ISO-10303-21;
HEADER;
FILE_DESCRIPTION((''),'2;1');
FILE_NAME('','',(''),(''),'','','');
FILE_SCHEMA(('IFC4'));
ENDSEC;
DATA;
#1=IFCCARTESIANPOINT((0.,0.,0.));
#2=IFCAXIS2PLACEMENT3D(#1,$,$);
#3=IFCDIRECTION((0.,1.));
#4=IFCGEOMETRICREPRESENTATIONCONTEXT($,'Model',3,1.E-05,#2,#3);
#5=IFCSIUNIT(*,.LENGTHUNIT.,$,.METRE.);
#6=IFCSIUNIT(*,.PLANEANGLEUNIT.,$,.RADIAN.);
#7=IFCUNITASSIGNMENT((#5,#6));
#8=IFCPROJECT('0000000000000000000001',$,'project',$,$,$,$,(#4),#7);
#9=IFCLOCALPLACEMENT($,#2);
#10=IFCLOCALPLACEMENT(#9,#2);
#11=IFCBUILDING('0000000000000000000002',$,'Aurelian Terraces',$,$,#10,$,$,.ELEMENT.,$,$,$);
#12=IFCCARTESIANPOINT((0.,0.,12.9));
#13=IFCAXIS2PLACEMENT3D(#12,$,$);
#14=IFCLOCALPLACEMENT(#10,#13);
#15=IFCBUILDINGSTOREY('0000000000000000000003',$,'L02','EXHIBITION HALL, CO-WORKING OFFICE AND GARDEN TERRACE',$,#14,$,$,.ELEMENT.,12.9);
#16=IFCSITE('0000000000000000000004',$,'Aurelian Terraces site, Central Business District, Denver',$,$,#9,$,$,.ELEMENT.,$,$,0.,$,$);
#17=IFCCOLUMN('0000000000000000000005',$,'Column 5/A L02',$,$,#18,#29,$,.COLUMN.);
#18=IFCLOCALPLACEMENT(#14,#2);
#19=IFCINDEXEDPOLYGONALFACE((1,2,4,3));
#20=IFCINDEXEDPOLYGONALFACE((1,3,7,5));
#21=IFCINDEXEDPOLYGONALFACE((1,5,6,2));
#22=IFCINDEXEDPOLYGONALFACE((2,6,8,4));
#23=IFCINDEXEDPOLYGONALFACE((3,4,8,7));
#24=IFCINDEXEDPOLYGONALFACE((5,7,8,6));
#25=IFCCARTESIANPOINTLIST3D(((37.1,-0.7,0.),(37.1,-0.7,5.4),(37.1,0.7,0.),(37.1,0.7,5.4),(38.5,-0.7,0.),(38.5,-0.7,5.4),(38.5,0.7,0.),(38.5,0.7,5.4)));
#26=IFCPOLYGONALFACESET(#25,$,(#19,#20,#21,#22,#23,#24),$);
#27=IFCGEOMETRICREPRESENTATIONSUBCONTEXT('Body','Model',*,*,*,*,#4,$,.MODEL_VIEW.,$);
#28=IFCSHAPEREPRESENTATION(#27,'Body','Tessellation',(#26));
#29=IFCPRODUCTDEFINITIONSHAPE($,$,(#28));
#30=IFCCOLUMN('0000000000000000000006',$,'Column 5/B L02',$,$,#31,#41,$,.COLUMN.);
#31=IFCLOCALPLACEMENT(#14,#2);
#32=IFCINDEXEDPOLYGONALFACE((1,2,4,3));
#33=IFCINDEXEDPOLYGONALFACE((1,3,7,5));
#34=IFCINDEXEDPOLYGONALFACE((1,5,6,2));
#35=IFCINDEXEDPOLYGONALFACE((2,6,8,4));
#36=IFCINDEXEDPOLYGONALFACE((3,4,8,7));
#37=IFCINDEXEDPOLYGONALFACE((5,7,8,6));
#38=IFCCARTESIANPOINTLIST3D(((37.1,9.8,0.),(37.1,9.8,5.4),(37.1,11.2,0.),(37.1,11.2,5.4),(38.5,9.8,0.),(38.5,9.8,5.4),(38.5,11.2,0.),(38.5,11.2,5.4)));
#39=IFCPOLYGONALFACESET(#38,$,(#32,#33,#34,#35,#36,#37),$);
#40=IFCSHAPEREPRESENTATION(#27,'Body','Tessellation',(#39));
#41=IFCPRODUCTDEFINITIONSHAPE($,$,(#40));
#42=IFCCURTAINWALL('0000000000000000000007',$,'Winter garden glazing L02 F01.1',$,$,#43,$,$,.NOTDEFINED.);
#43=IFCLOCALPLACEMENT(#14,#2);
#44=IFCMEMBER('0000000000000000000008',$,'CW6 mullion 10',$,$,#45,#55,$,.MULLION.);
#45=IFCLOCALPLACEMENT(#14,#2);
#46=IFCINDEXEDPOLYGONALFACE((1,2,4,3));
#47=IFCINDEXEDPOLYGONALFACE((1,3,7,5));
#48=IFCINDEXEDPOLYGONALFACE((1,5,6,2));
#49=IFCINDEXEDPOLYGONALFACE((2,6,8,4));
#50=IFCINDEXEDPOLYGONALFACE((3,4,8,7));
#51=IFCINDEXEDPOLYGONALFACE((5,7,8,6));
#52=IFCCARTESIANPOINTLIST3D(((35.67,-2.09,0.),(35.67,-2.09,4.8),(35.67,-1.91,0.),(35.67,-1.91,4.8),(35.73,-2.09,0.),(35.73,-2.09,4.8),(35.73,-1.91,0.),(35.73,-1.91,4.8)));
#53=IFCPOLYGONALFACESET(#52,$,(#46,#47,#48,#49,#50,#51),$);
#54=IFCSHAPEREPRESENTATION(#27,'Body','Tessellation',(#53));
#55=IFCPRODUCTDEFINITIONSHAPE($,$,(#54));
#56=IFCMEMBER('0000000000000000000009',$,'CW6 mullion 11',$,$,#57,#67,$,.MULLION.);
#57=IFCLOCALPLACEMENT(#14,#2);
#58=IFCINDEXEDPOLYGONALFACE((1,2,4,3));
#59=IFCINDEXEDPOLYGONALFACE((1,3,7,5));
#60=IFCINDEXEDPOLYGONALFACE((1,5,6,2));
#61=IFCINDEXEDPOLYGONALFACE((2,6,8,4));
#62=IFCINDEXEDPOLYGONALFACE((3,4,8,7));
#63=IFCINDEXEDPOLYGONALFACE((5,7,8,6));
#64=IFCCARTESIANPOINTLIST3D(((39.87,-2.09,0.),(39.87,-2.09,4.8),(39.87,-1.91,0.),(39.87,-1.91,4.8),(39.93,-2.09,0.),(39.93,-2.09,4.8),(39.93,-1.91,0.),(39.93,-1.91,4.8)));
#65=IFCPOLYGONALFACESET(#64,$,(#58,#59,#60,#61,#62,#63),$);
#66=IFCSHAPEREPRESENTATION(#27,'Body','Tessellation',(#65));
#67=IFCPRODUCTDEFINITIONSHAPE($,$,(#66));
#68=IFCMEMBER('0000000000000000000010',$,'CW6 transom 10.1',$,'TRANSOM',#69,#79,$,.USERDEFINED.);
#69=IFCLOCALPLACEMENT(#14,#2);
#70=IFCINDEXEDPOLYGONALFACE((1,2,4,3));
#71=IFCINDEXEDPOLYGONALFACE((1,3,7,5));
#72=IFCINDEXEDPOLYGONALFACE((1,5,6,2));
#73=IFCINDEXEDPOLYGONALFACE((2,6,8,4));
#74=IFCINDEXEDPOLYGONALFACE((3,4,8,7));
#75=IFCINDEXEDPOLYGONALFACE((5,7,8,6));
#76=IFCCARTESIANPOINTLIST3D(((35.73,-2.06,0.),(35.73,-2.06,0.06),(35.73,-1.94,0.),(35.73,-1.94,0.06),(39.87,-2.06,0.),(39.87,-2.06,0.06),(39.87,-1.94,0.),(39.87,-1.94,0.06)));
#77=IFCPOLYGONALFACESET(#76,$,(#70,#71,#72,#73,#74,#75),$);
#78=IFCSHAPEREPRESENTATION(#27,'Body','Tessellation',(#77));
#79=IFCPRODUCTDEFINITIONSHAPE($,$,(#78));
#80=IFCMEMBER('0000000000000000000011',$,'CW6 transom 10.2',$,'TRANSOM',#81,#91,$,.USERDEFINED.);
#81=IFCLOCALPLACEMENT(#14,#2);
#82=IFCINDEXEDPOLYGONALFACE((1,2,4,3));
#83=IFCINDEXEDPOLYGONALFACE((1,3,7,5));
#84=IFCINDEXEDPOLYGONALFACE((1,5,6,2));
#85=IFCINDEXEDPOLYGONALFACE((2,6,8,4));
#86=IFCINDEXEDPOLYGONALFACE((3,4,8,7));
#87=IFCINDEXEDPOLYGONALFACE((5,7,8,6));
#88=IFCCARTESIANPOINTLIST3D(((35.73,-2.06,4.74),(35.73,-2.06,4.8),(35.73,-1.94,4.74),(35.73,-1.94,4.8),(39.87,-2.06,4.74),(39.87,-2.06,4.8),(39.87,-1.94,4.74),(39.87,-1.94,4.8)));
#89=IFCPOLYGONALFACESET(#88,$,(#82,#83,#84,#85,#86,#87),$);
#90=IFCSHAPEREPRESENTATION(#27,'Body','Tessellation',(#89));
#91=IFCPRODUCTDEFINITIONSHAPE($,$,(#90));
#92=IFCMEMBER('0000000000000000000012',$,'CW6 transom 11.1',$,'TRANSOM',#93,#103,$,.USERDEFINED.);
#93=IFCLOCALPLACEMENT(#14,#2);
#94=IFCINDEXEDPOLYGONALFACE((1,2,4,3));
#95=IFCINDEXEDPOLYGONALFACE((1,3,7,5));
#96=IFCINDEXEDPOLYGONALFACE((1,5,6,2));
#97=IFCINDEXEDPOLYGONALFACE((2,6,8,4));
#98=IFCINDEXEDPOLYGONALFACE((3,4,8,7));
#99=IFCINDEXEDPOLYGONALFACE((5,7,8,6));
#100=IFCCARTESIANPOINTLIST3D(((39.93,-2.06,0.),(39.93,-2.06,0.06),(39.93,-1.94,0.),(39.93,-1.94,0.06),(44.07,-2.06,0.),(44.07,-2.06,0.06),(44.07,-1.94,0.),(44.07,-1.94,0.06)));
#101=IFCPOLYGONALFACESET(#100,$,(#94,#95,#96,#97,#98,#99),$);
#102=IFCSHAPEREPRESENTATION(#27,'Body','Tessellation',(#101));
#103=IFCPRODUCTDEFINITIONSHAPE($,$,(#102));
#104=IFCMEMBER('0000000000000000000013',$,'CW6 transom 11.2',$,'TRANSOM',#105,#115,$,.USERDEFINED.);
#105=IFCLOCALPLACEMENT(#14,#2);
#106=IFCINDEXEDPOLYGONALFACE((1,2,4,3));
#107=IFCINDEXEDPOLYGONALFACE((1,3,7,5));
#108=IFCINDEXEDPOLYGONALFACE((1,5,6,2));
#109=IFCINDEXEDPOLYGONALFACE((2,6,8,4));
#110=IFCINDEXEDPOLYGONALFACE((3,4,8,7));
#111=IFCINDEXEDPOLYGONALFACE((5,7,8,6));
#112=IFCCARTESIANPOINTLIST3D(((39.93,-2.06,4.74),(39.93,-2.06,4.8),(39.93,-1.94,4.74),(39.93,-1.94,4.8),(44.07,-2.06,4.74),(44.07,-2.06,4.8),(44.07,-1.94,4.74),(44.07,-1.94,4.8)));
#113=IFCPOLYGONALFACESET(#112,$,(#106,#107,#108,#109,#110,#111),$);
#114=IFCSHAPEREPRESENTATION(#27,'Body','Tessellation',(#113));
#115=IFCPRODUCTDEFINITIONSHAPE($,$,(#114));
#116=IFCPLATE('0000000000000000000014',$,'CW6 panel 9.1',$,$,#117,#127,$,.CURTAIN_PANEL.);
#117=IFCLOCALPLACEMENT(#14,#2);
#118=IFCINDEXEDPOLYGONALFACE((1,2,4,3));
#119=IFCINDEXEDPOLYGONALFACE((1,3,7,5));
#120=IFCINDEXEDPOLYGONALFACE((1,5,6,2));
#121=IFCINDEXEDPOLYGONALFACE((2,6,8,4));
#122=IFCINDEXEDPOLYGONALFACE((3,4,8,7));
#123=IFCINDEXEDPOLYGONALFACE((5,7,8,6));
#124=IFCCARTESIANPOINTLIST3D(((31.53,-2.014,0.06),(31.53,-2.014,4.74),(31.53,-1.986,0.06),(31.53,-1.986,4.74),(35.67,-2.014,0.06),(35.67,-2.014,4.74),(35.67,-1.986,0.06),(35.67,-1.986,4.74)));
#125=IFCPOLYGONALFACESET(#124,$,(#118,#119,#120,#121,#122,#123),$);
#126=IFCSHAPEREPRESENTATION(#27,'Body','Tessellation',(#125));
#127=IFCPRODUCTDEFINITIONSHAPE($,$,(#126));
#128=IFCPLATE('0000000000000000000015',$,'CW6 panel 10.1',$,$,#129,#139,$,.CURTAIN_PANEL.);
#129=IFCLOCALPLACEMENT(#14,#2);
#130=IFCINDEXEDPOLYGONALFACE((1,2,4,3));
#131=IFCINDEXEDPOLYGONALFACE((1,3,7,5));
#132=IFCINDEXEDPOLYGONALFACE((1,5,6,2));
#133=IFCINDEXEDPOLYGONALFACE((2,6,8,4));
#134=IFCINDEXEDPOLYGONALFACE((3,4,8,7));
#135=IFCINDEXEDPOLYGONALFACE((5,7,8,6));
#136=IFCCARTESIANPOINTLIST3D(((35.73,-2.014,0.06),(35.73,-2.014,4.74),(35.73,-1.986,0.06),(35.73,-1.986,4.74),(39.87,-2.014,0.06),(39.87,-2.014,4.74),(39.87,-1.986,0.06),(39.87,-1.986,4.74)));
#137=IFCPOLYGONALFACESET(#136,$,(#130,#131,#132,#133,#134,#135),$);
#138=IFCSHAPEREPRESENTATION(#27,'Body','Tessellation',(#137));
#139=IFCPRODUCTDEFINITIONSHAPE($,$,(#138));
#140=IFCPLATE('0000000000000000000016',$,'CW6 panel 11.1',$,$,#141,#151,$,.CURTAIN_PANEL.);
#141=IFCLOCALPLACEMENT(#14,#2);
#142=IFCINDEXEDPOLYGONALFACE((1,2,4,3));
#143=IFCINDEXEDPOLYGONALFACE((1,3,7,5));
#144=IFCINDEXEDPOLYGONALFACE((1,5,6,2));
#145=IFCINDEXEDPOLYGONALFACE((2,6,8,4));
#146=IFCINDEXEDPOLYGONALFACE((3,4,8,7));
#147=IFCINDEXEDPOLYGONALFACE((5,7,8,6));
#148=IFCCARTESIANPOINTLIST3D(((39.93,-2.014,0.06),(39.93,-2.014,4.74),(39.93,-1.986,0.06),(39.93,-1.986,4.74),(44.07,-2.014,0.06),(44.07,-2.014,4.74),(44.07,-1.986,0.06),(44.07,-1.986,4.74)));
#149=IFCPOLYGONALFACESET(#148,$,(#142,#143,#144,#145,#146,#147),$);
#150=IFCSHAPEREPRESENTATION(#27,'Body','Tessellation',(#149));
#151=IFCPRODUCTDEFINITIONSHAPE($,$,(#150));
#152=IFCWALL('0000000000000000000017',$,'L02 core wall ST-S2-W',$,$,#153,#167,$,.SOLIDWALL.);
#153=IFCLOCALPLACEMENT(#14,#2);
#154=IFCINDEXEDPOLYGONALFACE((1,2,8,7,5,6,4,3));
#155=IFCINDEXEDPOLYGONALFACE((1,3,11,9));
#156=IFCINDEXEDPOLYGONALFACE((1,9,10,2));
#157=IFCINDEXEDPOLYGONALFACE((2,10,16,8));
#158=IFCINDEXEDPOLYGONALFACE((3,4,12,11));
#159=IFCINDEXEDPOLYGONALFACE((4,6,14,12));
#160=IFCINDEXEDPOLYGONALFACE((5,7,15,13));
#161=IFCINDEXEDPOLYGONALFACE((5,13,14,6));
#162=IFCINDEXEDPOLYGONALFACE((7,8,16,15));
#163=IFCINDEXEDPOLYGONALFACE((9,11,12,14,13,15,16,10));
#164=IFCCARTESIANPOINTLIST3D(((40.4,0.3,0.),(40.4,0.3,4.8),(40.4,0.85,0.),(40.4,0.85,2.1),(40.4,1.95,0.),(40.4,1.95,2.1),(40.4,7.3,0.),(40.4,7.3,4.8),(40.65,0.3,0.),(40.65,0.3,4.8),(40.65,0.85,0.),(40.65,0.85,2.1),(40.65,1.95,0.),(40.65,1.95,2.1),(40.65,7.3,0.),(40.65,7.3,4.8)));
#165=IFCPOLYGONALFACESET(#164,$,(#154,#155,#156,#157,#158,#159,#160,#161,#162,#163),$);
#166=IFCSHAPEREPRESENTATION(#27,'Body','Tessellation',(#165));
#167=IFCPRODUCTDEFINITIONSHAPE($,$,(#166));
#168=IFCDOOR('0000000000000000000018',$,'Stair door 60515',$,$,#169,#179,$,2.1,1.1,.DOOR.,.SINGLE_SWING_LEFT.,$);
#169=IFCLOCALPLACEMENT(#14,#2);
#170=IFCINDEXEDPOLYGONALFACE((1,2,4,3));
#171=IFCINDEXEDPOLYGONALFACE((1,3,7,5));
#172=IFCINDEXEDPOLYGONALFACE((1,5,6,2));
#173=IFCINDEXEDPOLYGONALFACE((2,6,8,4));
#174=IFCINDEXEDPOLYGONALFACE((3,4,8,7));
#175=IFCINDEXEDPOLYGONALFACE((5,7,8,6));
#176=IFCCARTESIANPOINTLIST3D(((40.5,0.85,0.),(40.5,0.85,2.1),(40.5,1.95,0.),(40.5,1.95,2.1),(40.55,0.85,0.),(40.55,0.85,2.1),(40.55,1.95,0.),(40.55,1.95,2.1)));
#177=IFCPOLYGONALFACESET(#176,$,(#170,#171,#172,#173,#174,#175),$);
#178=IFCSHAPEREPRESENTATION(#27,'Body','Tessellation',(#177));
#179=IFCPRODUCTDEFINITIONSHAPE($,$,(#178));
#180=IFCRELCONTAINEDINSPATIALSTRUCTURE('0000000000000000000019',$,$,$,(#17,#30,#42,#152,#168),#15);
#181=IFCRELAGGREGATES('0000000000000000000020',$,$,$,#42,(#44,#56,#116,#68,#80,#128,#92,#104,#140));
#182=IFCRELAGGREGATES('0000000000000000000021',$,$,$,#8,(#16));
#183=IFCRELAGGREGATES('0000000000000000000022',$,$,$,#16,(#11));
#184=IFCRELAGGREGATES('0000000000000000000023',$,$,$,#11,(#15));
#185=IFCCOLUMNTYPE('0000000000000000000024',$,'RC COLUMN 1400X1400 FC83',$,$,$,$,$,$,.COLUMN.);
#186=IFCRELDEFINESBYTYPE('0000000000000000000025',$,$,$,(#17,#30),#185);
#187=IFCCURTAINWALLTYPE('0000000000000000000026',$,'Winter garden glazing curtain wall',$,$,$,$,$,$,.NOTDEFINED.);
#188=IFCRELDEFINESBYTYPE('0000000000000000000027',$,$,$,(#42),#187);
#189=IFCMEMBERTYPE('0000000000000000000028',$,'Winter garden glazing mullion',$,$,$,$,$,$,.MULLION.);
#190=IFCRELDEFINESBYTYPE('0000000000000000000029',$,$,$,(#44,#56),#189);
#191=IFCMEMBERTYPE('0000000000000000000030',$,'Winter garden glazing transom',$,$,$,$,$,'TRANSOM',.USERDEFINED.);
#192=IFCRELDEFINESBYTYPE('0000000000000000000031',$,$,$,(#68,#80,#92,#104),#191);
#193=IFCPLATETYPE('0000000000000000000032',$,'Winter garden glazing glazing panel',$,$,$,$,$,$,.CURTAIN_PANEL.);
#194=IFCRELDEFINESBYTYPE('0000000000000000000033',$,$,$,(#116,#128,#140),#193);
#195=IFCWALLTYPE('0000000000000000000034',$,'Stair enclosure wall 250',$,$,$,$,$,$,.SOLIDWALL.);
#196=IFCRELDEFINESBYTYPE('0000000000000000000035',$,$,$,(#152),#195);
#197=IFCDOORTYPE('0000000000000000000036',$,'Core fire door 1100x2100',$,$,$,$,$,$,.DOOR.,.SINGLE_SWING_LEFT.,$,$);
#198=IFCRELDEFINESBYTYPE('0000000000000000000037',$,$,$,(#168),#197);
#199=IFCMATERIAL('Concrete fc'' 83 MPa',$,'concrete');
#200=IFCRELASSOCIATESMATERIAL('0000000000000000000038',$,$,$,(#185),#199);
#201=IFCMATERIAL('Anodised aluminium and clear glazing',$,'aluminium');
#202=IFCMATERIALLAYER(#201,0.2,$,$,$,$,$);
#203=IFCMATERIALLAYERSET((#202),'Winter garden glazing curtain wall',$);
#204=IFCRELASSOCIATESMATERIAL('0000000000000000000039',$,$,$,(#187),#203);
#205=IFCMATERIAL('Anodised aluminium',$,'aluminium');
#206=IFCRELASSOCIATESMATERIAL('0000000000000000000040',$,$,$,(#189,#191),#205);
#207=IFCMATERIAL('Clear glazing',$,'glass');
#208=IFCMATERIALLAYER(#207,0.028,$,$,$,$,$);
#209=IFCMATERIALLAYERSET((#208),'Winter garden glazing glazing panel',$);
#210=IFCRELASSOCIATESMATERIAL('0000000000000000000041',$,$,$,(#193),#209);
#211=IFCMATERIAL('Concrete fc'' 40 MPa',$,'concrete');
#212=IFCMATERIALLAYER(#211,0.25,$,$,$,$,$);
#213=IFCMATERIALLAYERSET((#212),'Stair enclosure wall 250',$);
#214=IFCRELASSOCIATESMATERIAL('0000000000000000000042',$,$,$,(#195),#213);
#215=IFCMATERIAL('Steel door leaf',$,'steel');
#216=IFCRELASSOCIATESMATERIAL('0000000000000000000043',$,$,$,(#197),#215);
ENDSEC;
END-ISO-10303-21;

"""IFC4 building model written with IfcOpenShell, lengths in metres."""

from ifc_helpers import new_model, si_unit, direction, frame, frame_2d, origin, origin_2d, place, context, subcontext, project, spatial, rectangle, extrude, source, transform, mapped, material, layer, layer_set, material_profile, profile_set, type_object, element, fill, aggregate, save


model = new_model("IFC4")

# Units and contexts
model_context = context("Model", 3, precision=1e-05, world=origin(), true_north=direction((0.0, 1.0)))
body_context = subcontext(model_context, "Body", "Model", "MODEL_VIEW")
ifc_project = project(units=[si_unit("LENGTHUNIT", "METRE"), si_unit("PLANEANGLEUNIT", "RADIAN")], contexts=[model_context])

# Site, building, storey
site_placement = place(None, origin())
site = spatial("IfcSite", under=ifc_project, at=site_placement, Name="Aurelian Terraces site, Central Business District, Denver", CompositionType="ELEMENT", RefElevation=0.0)
building_placement = place(site_placement, origin())
building = spatial("IfcBuilding", under=site, at=building_placement, Name="Aurelian Terraces", CompositionType="ELEMENT")
storey_placement = place(building_placement, frame((0.0, 0.0, 12.9)))
storey = spatial("IfcBuildingStorey", under=building, at=storey_placement, Name="L02", Description="EXHIBITION HALL, CO-WORKING OFFICE AND GARDEN TERRACE", CompositionType="ELEMENT", Elevation=12.9)

# Columns
ifc_material_1 = material(Name="Concrete fc' 83 MPa", Category="concrete")
ifc_material_profile_1 = material_profile(ifc_material_1, rectangle(XDim=1.4, YDim=1.4, at=origin_2d()))
ifc_profile_set_1 = profile_set([ifc_material_profile_1], Name="Concrete fc' 83 MPa")
column_type = type_object("IfcColumnType", Name="RC COLUMN 1400X1400 FC83", PredefinedType="COLUMN", material=ifc_profile_set_1)
shared_shape_1 = source(origin(), body_context, "Body", "SweptSolid", [
    extrude(rectangle(XDim=1.4, YDim=1.4, at=origin_2d()), origin(), (0.0, 0.0, 1.0), 5.4),
])
for number, where, z_axis, x_axis, name in (
    (1, (37.8, 0.0, 0.0), (0.0, 0.0, 1.0), (1.0, 0.0, 0.0), "Column 5/A L02"),
    (2, (37.8, 10.5, 0.0), (0.0, 0.0, 1.0), (1.0, 0.0, 0.0), "Column 5/B L02"),
):
    element("IfcColumn", number, at=place(storey_placement, frame(where, z_axis=z_axis, x_axis=x_axis)), inside=storey, type_object=column_type, Name=name, PredefinedType="COLUMN", context=body_context, shape_type="MappedRepresentation", body=[
        mapped(shared_shape_1, transform((0.0, 0.0, 0.0), scale=1.0)),
    ])

# Curtain wall, members, plates
ifc_material_2 = material(Name="Anodised aluminium and clear glazing", Category="aluminium")
ifc_layer_1 = layer(ifc_material_2, 0.2)
ifc_layer_set_1 = layer_set([ifc_layer_1], Name="Winter garden glazing curtain wall")
curtain_wall_type = type_object("IfcCurtainWallType", Name="Winter garden glazing curtain wall", PredefinedType="NOTDEFINED", material=ifc_layer_set_1)
curtain_wall_placement = place(storey_placement, origin())
curtain_wall = element("IfcCurtainWall", 3, at=curtain_wall_placement, inside=storey, type_object=curtain_wall_type, Name="Winter garden glazing L02 F01.1", PredefinedType="NOTDEFINED")
ifc_material_3 = material(Name="Anodised aluminium", Category="aluminium")
ifc_material_profile_2 = material_profile(ifc_material_3, rectangle(XDim=0.18, YDim=0.06, at=origin_2d()))
ifc_profile_set_2 = profile_set([ifc_material_profile_2], Name="Anodised aluminium")
member_type_1 = type_object("IfcMemberType", Name="Winter garden glazing mullion", PredefinedType="MULLION", material=ifc_profile_set_2)
shared_shape_2 = source(origin(), body_context, "Body", "SweptSolid", [
    extrude(rectangle(XDim=0.18, YDim=0.06, at=origin_2d()), origin(), (0.0, 0.0, 1.0), 4.8),
])
member_1_placement = place(storey_placement, frame((35.7, -2.0, 0.0), z_axis=(0.0, 0.0, 1.0), x_axis=(0.0, 1.0, 0.0)))
member_1 = element("IfcMember", 4, at=member_1_placement, type_object=member_type_1, Name="CW6 mullion 10", PredefinedType="MULLION", context=body_context, shape_type="MappedRepresentation", body=[
    mapped(shared_shape_2, transform((0.0, 0.0, 0.0), scale=1.0)),
])
member_2_placement = place(storey_placement, frame((39.9, -2.0, 0.0), z_axis=(0.0, 0.0, 1.0), x_axis=(0.0, 1.0, 0.0)))
member_2 = element("IfcMember", 5, at=member_2_placement, type_object=member_type_1, Name="CW6 mullion 11", PredefinedType="MULLION", context=body_context, shape_type="MappedRepresentation", body=[
    mapped(shared_shape_2, transform((0.0, 0.0, 0.0), scale=1.0)),
])
ifc_material_profile_3 = material_profile(ifc_material_3, rectangle(XDim=0.12, YDim=0.06, at=origin_2d()))
ifc_profile_set_3 = profile_set([ifc_material_profile_3], Name="Anodised aluminium")
member_type_2 = type_object("IfcMemberType", Name="Winter garden glazing transom", ElementType="TRANSOM", PredefinedType="USERDEFINED", material=ifc_profile_set_3)
shared_shape_3 = source(origin(), body_context, "Body", "SweptSolid", [
    extrude(rectangle(XDim=0.12, YDim=0.06, at=origin_2d()), origin(), (0.0, 0.0, 1.0), 4.14),
])
member_3_placement = place(storey_placement, frame((35.73, -2.0, 0.03), z_axis=(1.0, 0.0, 0.0), x_axis=(0.0, 1.0, 0.0)))
member_3 = element("IfcMember", 6, at=member_3_placement, type_object=member_type_2, Name="CW6 transom 10.1", ObjectType="TRANSOM", PredefinedType="USERDEFINED", context=body_context, shape_type="MappedRepresentation", body=[
    mapped(shared_shape_3, transform((0.0, 0.0, 0.0), scale=1.0)),
])
member_4_placement = place(storey_placement, frame((35.73, -2.0, 4.77), z_axis=(1.0, 0.0, 0.0), x_axis=(0.0, 1.0, 0.0)))
member_4 = element("IfcMember", 7, at=member_4_placement, type_object=member_type_2, Name="CW6 transom 10.2", ObjectType="TRANSOM", PredefinedType="USERDEFINED", context=body_context, shape_type="MappedRepresentation", body=[
    mapped(shared_shape_3, transform((0.0, 0.0, 0.0), scale=1.0)),
])
member_5_placement = place(storey_placement, frame((39.93, -2.0, 0.03), z_axis=(1.0, 0.0, 0.0), x_axis=(0.0, 1.0, 0.0)))
member_5 = element("IfcMember", 8, at=member_5_placement, type_object=member_type_2, Name="CW6 transom 11.1", ObjectType="TRANSOM", PredefinedType="USERDEFINED", context=body_context, shape_type="MappedRepresentation", body=[
    mapped(shared_shape_3, transform((0.0, 0.0, 0.0), scale=1.0)),
])
member_6_placement = place(storey_placement, frame((39.93, -2.0, 4.77), z_axis=(1.0, 0.0, 0.0), x_axis=(0.0, 1.0, 0.0)))
member_6 = element("IfcMember", 9, at=member_6_placement, type_object=member_type_2, Name="CW6 transom 11.2", ObjectType="TRANSOM", PredefinedType="USERDEFINED", context=body_context, shape_type="MappedRepresentation", body=[
    mapped(shared_shape_3, transform((0.0, 0.0, 0.0), scale=1.0)),
])
ifc_material_4 = material(Name="Clear glazing", Category="glass")
ifc_layer_2 = layer(ifc_material_4, 0.028)
ifc_layer_set_2 = layer_set([ifc_layer_2], Name="Winter garden glazing glazing panel")
plate_type = type_object("IfcPlateType", Name="Winter garden glazing glazing panel", PredefinedType="CURTAIN_PANEL", material=ifc_layer_set_2)
shared_shape_4 = source(origin(), body_context, "Body", "SweptSolid", [
    extrude(rectangle(XDim=4.14, YDim=0.028, at=origin_2d()), origin(), (0.0, 0.0, 1.0), 4.68),
])
plate_1_placement = place(storey_placement, frame((33.6, -2.0, 0.06), z_axis=(0.0, 0.0, 1.0), x_axis=(1.0, 0.0, 0.0)))
plate_1 = element("IfcPlate", 10, at=plate_1_placement, type_object=plate_type, Name="CW6 panel 9.1", PredefinedType="CURTAIN_PANEL", context=body_context, shape_type="MappedRepresentation", body=[
    mapped(shared_shape_4, transform((0.0, 0.0, 0.0), scale=1.0)),
])
plate_2_placement = place(storey_placement, frame((37.8, -2.0, 0.06), z_axis=(0.0, 0.0, 1.0), x_axis=(1.0, 0.0, 0.0)))
plate_2 = element("IfcPlate", 11, at=plate_2_placement, type_object=plate_type, Name="CW6 panel 10.1", PredefinedType="CURTAIN_PANEL", context=body_context, shape_type="MappedRepresentation", body=[
    mapped(shared_shape_4, transform((0.0, 0.0, 0.0), scale=1.0)),
])
plate_3_placement = place(storey_placement, frame((42.0, -2.0, 0.06), z_axis=(0.0, 0.0, 1.0), x_axis=(1.0, 0.0, 0.0)))
plate_3 = element("IfcPlate", 12, at=plate_3_placement, type_object=plate_type, Name="CW6 panel 11.1", PredefinedType="CURTAIN_PANEL", context=body_context, shape_type="MappedRepresentation", body=[
    mapped(shared_shape_4, transform((0.0, 0.0, 0.0), scale=1.0)),
])
aggregate(curtain_wall, [member_1, member_2, plate_1, member_3, member_4, plate_2, member_5, member_6, plate_3])

# Wall, opening, door
ifc_material_5 = material(Name="Concrete fc' 40 MPa", Category="concrete")
ifc_layer_3 = layer(ifc_material_5, 0.25)
ifc_layer_set_3 = layer_set([ifc_layer_3], Name="Stair enclosure wall 250")
wall_type_1 = type_object("IfcWallType", Name="Stair enclosure wall 250", PredefinedType="SOLIDWALL", material=ifc_layer_set_3)
shared_shape_5 = source(origin(), body_context, "Body", "SweptSolid", [
    extrude(rectangle(XDim=7.0, YDim=0.25, at=frame_2d((3.5, 0.0))), origin(), (0.0, 0.0, 1.0), 4.8),
])
wall_1_placement = place(storey_placement, frame((40.525, 0.3, 0.0), z_axis=(0.0, 0.0, 1.0), x_axis=(0.0, 1.0, 0.0)))
wall_1 = element("IfcWall", 13, at=wall_1_placement, inside=storey, type_object=wall_type_1, Name="L02 core wall ST-S2-W", PredefinedType="SOLIDWALL", context=body_context, shape_type="MappedRepresentation", body=[
    mapped(shared_shape_5, transform((0.0, 0.0, 0.0), scale=1.0)),
])
shared_shape_6 = source(origin(), body_context, "Body", "SweptSolid", [
    extrude(rectangle(XDim=1.1, YDim=2.1, at=frame_2d((0.55, 1.05))), frame((0.0, 0.135, 0.0), z_axis=(0.0, -1.0, 0.0), x_axis=(1.0, 0.0, 0.0)), (0.0, 0.0, 1.0), 0.27),
])
opening_1_placement = place(wall_1_placement, frame((0.55, 0.0, 0.0)))
opening_1 = element("IfcOpeningElement", 14, at=opening_1_placement, cuts=wall_1, PredefinedType="OPENING", context=body_context, shape_type="MappedRepresentation", body=[
    mapped(shared_shape_6, transform((0.0, 0.0, 0.0), scale=1.0)),
])
ifc_material_6 = material(Name="Steel door leaf", Category="steel")
door_type_1 = type_object("IfcDoorType", Name="Core fire door 1100x2100", OperationType="SINGLE_SWING_LEFT", PredefinedType="DOOR", material=ifc_material_6)
shared_shape_7 = source(origin(), body_context, "Body", "SweptSolid", [
    extrude(rectangle(XDim=1.1, YDim=2.1, at=frame_2d((0.55, 1.05))), frame((0.0, 0.025, 0.0), z_axis=(0.0, -1.0, 0.0), x_axis=(1.0, 0.0, 0.0)), (0.0, 0.0, 1.0), 0.05),
])
door_1_placement = place(opening_1_placement, origin())
door_1 = element("IfcDoor", 15, at=door_1_placement, inside=storey, type_object=door_type_1, Name="Stair door 60515", OperationType="SINGLE_SWING_LEFT", OverallHeight=2.1, OverallWidth=1.1, PredefinedType="DOOR", context=body_context, shape_type="MappedRepresentation", body=[
    mapped(shared_shape_7, transform((0.0, 0.0, 0.0), scale=1.0)),
])
fill(opening_1, door_1)

save(model, "model.ifc")
